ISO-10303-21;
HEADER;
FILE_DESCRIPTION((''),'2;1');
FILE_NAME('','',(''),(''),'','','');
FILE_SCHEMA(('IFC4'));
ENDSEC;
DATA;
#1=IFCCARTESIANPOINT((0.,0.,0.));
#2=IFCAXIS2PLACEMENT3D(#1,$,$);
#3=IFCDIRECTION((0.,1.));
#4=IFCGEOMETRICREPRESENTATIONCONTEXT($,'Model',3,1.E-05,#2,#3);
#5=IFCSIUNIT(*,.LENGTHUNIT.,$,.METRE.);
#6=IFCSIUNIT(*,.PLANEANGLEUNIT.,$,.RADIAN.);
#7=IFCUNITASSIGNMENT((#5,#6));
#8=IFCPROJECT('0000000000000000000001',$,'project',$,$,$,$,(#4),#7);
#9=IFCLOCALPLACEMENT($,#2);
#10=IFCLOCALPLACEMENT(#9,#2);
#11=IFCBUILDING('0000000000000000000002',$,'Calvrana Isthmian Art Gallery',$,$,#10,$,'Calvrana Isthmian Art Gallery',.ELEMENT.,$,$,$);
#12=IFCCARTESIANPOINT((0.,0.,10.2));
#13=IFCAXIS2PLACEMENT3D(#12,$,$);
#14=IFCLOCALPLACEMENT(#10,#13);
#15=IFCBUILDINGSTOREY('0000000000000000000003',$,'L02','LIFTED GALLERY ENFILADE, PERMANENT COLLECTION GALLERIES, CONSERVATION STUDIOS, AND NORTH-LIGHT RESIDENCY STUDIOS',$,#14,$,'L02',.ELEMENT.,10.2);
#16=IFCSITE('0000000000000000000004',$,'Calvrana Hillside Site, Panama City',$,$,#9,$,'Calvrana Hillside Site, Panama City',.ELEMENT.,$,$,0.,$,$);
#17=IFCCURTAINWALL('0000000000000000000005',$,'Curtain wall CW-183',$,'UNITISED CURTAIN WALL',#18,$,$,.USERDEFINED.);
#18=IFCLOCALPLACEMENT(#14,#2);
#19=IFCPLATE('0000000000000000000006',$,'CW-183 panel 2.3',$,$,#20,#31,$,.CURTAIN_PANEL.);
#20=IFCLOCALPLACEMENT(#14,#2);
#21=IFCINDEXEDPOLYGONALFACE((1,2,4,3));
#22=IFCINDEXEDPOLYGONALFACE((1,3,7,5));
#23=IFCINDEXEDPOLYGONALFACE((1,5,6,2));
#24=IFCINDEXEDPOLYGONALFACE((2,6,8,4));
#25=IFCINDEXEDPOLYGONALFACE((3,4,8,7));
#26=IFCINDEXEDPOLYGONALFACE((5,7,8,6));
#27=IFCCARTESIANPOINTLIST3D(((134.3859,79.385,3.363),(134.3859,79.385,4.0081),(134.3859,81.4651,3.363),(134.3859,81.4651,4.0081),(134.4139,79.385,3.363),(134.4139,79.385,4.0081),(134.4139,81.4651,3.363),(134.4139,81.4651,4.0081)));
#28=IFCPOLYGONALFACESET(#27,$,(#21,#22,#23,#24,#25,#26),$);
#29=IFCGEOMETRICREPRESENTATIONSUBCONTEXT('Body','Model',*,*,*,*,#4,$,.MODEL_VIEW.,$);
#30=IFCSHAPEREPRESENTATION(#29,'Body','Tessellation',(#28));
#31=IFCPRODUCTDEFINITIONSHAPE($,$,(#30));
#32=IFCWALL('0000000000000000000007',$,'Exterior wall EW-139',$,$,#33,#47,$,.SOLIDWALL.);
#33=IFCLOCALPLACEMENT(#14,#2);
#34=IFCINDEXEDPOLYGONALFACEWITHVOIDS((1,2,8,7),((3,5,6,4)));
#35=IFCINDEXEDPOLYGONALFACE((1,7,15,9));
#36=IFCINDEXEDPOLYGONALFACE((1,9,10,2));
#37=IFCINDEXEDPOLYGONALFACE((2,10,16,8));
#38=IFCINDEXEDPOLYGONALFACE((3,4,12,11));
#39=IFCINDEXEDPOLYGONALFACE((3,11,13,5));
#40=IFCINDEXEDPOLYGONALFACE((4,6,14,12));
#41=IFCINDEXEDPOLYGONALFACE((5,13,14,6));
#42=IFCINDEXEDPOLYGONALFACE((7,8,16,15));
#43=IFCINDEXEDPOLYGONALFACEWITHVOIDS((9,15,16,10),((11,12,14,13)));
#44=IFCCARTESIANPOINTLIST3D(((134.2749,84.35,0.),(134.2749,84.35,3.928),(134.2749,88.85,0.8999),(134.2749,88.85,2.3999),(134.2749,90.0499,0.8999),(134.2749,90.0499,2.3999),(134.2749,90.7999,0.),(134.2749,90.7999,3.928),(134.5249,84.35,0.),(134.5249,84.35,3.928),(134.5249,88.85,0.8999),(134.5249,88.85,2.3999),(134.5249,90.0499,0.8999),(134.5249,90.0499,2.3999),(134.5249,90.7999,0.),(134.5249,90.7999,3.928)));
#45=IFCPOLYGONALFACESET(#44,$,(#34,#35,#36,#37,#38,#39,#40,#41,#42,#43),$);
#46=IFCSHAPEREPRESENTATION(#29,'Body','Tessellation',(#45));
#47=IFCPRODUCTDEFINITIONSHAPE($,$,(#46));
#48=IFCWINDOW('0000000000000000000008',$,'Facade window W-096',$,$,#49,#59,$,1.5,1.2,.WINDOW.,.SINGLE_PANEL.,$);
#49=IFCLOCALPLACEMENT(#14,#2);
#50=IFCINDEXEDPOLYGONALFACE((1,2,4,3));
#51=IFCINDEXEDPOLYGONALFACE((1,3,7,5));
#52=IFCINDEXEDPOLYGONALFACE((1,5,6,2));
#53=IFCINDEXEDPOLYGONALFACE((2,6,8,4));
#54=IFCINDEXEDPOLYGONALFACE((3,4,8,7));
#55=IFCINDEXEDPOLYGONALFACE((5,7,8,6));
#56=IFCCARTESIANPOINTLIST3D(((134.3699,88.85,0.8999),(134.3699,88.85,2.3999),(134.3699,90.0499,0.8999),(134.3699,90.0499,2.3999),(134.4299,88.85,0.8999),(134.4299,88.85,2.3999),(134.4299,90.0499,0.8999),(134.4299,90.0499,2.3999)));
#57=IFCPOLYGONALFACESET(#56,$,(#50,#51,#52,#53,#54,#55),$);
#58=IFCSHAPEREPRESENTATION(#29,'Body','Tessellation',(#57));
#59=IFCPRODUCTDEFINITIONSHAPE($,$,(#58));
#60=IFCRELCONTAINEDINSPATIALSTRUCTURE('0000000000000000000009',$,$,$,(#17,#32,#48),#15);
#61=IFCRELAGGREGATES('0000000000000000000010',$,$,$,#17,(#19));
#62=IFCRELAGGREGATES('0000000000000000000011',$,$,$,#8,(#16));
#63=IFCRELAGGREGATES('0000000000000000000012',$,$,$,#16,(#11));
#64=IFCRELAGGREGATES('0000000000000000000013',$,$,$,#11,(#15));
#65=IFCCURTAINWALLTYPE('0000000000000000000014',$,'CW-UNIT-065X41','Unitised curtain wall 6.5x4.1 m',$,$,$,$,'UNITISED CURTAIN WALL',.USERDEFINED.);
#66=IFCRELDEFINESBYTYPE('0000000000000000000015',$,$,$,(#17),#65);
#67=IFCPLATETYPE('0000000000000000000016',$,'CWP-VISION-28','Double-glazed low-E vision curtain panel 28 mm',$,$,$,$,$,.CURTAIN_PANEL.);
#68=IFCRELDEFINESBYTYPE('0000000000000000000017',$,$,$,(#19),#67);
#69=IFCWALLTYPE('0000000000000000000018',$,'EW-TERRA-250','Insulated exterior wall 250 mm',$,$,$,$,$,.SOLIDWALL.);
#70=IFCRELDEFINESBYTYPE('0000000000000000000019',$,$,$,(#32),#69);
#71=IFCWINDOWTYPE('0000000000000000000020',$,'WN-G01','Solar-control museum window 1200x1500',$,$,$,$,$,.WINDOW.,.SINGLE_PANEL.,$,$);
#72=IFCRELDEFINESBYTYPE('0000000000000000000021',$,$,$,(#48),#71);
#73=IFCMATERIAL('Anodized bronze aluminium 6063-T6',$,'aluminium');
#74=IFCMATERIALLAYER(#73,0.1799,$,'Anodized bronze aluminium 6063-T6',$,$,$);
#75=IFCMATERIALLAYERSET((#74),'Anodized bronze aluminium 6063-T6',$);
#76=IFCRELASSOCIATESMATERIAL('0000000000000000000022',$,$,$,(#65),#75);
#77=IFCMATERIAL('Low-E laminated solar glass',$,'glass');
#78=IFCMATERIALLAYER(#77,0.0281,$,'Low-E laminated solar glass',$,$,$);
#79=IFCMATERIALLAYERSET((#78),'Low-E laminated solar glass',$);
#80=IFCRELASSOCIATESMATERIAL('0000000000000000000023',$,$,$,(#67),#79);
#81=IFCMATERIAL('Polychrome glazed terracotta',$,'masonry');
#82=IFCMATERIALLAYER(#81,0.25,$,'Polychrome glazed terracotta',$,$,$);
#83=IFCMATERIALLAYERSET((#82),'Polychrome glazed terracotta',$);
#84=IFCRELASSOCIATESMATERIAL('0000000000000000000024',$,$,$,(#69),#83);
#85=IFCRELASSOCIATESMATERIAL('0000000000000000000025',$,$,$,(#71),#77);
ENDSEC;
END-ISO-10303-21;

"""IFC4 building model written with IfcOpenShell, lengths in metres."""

from ifc_helpers import new_model, si_unit, direction, frame, frame_2d, origin, origin_2d, place, context, subcontext, project, spatial, rectangle, extrude, material, layer, layer_set, type_object, element, fill, aggregate, save


model = new_model("IFC4")

# Units and contexts
model_context = context("Model", 3, precision=1e-05, world=origin(), true_north=direction((0.0, 1.0)))
body_context = subcontext(model_context, "Body", "Model", "MODEL_VIEW")
ifc_project = project(units=[si_unit("LENGTHUNIT", "METRE"), si_unit("PLANEANGLEUNIT", "RADIAN")], contexts=[model_context])

# Site, building, storey
site_placement = place(None, origin())
site = spatial("IfcSite", under=ifc_project, at=site_placement, Name="Calvrana Hillside Site, Panama City", LongName="Calvrana Hillside Site, Panama City", CompositionType="ELEMENT", RefElevation=0.0)
building_placement = place(site_placement, origin())
building = spatial("IfcBuilding", under=site, at=building_placement, Name="Calvrana Isthmian Art Gallery", LongName="Calvrana Isthmian Art Gallery", CompositionType="ELEMENT")
storey_placement = place(building_placement, frame((0.0, 0.0, 10.2)))
storey = spatial("IfcBuildingStorey", under=building, at=storey_placement, Name="L02", Description="LIFTED GALLERY ENFILADE, PERMANENT COLLECTION GALLERIES, CONSERVATION STUDIOS, AND NORTH-LIGHT RESIDENCY STUDIOS", LongName="L02", CompositionType="ELEMENT", Elevation=10.2)

# Curtain wall, plate
ifc_material_1 = material(Name="Anodized bronze aluminium 6063-T6", Category="aluminium")
ifc_layer_1 = layer(ifc_material_1, 0.1799, Name="Anodized bronze aluminium 6063-T6")
ifc_layer_set_1 = layer_set([ifc_layer_1], Name="Anodized bronze aluminium 6063-T6")
curtain_wall_type = type_object("IfcCurtainWallType", Name="CW-UNIT-065X41", Description="Unitised curtain wall 6.5x4.1 m", ElementType="UNITISED CURTAIN WALL", PredefinedType="USERDEFINED", material=ifc_layer_set_1)
curtain_wall_placement = place(storey_placement, origin())
curtain_wall = element("IfcCurtainWall", 1, at=curtain_wall_placement, inside=storey, type_object=curtain_wall_type, Name="Curtain wall CW-183", ObjectType="UNITISED CURTAIN WALL", PredefinedType="USERDEFINED")
ifc_material_2 = material(Name="Low-E laminated solar glass", Category="glass")
ifc_layer_2 = layer(ifc_material_2, 0.0281, Name="Low-E laminated solar glass")
ifc_layer_set_2 = layer_set([ifc_layer_2], Name="Low-E laminated solar glass")
plate_type = type_object("IfcPlateType", Name="CWP-VISION-28", Description="Double-glazed low-E vision curtain panel 28 mm", PredefinedType="CURTAIN_PANEL", material=ifc_layer_set_2)
plate_1_placement = place(storey_placement, frame((134.3999, 80.425, 3.363), z_axis=(0.0, 0.0, 1.0), x_axis=(0.0, -1.0, 0.0)))
plate_1 = element("IfcPlate", 2, at=plate_1_placement, type_object=plate_type, Name="CW-183 panel 2.3", PredefinedType="CURTAIN_PANEL", context=body_context, shape_type="SweptSolid", body=[
    extrude(rectangle(XDim=2.0801, YDim=0.0281, at=origin_2d()), origin(), (0.0, 0.0, 1.0), 0.645),
])
aggregate(curtain_wall, [plate_1])

# Wall, opening, window
ifc_material_3 = material(Name="Polychrome glazed terracotta", Category="masonry")
ifc_layer_3 = layer(ifc_material_3, 0.25, Name="Polychrome glazed terracotta")
ifc_layer_set_3 = layer_set([ifc_layer_3], Name="Polychrome glazed terracotta")
wall_type = type_object("IfcWallType", Name="EW-TERRA-250", Description="Insulated exterior wall 250 mm", PredefinedType="SOLIDWALL", material=ifc_layer_set_3)
wall_placement = place(storey_placement, frame((134.3999, 90.8, 0.0), z_axis=(0.0, 0.0, 1.0), x_axis=(0.0, -1.0, 0.0)))
wall = element("IfcWall", 3, at=wall_placement, inside=storey, type_object=wall_type, Name="Exterior wall EW-139", PredefinedType="SOLIDWALL", context=body_context, shape_type="SweptSolid", body=[
    extrude(rectangle(XDim=6.45, YDim=0.25, at=frame_2d((3.2251, 0.0))), origin(), (0.0, 0.0, 1.0), 3.928),
])
opening_placement = place(wall_placement, frame((0.75, 0.0, 0.8999)))
opening = element("IfcOpeningElement", 4, at=opening_placement, cuts=wall, PredefinedType="OPENING", context=body_context, shape_type="SweptSolid", body=[
    extrude(rectangle(XDim=1.2, YDim=1.5, at=frame_2d((0.6001, 0.75))), frame((0.0, 0.1353, 0.0), z_axis=(0.0, -1.0, 0.0), x_axis=(1.0, 0.0, 0.0)), (0.0, 0.0, 1.0), 0.2705),
])
window_type = type_object("IfcWindowType", Name="WN-G01", Description="Solar-control museum window 1200x1500", PartitioningType="SINGLE_PANEL", PredefinedType="WINDOW", material=ifc_material_2)
window_placement = place(opening_placement, origin())
window = element("IfcWindow", 5, at=window_placement, inside=storey, type_object=window_type, Name="Facade window W-096", OverallHeight=1.5, OverallWidth=1.2, PartitioningType="SINGLE_PANEL", PredefinedType="WINDOW", context=body_context, shape_type="SweptSolid", body=[
    extrude(rectangle(XDim=1.2, YDim=1.5, at=frame_2d((0.6001, 0.75))), frame((0.0, 0.03, 0.0), z_axis=(0.0, -1.0, 0.0), x_axis=(1.0, 0.0, 0.0)), (0.0, 0.0, 1.0), 0.0601),
])
fill(opening, window)

save(model, "model.ifc")
